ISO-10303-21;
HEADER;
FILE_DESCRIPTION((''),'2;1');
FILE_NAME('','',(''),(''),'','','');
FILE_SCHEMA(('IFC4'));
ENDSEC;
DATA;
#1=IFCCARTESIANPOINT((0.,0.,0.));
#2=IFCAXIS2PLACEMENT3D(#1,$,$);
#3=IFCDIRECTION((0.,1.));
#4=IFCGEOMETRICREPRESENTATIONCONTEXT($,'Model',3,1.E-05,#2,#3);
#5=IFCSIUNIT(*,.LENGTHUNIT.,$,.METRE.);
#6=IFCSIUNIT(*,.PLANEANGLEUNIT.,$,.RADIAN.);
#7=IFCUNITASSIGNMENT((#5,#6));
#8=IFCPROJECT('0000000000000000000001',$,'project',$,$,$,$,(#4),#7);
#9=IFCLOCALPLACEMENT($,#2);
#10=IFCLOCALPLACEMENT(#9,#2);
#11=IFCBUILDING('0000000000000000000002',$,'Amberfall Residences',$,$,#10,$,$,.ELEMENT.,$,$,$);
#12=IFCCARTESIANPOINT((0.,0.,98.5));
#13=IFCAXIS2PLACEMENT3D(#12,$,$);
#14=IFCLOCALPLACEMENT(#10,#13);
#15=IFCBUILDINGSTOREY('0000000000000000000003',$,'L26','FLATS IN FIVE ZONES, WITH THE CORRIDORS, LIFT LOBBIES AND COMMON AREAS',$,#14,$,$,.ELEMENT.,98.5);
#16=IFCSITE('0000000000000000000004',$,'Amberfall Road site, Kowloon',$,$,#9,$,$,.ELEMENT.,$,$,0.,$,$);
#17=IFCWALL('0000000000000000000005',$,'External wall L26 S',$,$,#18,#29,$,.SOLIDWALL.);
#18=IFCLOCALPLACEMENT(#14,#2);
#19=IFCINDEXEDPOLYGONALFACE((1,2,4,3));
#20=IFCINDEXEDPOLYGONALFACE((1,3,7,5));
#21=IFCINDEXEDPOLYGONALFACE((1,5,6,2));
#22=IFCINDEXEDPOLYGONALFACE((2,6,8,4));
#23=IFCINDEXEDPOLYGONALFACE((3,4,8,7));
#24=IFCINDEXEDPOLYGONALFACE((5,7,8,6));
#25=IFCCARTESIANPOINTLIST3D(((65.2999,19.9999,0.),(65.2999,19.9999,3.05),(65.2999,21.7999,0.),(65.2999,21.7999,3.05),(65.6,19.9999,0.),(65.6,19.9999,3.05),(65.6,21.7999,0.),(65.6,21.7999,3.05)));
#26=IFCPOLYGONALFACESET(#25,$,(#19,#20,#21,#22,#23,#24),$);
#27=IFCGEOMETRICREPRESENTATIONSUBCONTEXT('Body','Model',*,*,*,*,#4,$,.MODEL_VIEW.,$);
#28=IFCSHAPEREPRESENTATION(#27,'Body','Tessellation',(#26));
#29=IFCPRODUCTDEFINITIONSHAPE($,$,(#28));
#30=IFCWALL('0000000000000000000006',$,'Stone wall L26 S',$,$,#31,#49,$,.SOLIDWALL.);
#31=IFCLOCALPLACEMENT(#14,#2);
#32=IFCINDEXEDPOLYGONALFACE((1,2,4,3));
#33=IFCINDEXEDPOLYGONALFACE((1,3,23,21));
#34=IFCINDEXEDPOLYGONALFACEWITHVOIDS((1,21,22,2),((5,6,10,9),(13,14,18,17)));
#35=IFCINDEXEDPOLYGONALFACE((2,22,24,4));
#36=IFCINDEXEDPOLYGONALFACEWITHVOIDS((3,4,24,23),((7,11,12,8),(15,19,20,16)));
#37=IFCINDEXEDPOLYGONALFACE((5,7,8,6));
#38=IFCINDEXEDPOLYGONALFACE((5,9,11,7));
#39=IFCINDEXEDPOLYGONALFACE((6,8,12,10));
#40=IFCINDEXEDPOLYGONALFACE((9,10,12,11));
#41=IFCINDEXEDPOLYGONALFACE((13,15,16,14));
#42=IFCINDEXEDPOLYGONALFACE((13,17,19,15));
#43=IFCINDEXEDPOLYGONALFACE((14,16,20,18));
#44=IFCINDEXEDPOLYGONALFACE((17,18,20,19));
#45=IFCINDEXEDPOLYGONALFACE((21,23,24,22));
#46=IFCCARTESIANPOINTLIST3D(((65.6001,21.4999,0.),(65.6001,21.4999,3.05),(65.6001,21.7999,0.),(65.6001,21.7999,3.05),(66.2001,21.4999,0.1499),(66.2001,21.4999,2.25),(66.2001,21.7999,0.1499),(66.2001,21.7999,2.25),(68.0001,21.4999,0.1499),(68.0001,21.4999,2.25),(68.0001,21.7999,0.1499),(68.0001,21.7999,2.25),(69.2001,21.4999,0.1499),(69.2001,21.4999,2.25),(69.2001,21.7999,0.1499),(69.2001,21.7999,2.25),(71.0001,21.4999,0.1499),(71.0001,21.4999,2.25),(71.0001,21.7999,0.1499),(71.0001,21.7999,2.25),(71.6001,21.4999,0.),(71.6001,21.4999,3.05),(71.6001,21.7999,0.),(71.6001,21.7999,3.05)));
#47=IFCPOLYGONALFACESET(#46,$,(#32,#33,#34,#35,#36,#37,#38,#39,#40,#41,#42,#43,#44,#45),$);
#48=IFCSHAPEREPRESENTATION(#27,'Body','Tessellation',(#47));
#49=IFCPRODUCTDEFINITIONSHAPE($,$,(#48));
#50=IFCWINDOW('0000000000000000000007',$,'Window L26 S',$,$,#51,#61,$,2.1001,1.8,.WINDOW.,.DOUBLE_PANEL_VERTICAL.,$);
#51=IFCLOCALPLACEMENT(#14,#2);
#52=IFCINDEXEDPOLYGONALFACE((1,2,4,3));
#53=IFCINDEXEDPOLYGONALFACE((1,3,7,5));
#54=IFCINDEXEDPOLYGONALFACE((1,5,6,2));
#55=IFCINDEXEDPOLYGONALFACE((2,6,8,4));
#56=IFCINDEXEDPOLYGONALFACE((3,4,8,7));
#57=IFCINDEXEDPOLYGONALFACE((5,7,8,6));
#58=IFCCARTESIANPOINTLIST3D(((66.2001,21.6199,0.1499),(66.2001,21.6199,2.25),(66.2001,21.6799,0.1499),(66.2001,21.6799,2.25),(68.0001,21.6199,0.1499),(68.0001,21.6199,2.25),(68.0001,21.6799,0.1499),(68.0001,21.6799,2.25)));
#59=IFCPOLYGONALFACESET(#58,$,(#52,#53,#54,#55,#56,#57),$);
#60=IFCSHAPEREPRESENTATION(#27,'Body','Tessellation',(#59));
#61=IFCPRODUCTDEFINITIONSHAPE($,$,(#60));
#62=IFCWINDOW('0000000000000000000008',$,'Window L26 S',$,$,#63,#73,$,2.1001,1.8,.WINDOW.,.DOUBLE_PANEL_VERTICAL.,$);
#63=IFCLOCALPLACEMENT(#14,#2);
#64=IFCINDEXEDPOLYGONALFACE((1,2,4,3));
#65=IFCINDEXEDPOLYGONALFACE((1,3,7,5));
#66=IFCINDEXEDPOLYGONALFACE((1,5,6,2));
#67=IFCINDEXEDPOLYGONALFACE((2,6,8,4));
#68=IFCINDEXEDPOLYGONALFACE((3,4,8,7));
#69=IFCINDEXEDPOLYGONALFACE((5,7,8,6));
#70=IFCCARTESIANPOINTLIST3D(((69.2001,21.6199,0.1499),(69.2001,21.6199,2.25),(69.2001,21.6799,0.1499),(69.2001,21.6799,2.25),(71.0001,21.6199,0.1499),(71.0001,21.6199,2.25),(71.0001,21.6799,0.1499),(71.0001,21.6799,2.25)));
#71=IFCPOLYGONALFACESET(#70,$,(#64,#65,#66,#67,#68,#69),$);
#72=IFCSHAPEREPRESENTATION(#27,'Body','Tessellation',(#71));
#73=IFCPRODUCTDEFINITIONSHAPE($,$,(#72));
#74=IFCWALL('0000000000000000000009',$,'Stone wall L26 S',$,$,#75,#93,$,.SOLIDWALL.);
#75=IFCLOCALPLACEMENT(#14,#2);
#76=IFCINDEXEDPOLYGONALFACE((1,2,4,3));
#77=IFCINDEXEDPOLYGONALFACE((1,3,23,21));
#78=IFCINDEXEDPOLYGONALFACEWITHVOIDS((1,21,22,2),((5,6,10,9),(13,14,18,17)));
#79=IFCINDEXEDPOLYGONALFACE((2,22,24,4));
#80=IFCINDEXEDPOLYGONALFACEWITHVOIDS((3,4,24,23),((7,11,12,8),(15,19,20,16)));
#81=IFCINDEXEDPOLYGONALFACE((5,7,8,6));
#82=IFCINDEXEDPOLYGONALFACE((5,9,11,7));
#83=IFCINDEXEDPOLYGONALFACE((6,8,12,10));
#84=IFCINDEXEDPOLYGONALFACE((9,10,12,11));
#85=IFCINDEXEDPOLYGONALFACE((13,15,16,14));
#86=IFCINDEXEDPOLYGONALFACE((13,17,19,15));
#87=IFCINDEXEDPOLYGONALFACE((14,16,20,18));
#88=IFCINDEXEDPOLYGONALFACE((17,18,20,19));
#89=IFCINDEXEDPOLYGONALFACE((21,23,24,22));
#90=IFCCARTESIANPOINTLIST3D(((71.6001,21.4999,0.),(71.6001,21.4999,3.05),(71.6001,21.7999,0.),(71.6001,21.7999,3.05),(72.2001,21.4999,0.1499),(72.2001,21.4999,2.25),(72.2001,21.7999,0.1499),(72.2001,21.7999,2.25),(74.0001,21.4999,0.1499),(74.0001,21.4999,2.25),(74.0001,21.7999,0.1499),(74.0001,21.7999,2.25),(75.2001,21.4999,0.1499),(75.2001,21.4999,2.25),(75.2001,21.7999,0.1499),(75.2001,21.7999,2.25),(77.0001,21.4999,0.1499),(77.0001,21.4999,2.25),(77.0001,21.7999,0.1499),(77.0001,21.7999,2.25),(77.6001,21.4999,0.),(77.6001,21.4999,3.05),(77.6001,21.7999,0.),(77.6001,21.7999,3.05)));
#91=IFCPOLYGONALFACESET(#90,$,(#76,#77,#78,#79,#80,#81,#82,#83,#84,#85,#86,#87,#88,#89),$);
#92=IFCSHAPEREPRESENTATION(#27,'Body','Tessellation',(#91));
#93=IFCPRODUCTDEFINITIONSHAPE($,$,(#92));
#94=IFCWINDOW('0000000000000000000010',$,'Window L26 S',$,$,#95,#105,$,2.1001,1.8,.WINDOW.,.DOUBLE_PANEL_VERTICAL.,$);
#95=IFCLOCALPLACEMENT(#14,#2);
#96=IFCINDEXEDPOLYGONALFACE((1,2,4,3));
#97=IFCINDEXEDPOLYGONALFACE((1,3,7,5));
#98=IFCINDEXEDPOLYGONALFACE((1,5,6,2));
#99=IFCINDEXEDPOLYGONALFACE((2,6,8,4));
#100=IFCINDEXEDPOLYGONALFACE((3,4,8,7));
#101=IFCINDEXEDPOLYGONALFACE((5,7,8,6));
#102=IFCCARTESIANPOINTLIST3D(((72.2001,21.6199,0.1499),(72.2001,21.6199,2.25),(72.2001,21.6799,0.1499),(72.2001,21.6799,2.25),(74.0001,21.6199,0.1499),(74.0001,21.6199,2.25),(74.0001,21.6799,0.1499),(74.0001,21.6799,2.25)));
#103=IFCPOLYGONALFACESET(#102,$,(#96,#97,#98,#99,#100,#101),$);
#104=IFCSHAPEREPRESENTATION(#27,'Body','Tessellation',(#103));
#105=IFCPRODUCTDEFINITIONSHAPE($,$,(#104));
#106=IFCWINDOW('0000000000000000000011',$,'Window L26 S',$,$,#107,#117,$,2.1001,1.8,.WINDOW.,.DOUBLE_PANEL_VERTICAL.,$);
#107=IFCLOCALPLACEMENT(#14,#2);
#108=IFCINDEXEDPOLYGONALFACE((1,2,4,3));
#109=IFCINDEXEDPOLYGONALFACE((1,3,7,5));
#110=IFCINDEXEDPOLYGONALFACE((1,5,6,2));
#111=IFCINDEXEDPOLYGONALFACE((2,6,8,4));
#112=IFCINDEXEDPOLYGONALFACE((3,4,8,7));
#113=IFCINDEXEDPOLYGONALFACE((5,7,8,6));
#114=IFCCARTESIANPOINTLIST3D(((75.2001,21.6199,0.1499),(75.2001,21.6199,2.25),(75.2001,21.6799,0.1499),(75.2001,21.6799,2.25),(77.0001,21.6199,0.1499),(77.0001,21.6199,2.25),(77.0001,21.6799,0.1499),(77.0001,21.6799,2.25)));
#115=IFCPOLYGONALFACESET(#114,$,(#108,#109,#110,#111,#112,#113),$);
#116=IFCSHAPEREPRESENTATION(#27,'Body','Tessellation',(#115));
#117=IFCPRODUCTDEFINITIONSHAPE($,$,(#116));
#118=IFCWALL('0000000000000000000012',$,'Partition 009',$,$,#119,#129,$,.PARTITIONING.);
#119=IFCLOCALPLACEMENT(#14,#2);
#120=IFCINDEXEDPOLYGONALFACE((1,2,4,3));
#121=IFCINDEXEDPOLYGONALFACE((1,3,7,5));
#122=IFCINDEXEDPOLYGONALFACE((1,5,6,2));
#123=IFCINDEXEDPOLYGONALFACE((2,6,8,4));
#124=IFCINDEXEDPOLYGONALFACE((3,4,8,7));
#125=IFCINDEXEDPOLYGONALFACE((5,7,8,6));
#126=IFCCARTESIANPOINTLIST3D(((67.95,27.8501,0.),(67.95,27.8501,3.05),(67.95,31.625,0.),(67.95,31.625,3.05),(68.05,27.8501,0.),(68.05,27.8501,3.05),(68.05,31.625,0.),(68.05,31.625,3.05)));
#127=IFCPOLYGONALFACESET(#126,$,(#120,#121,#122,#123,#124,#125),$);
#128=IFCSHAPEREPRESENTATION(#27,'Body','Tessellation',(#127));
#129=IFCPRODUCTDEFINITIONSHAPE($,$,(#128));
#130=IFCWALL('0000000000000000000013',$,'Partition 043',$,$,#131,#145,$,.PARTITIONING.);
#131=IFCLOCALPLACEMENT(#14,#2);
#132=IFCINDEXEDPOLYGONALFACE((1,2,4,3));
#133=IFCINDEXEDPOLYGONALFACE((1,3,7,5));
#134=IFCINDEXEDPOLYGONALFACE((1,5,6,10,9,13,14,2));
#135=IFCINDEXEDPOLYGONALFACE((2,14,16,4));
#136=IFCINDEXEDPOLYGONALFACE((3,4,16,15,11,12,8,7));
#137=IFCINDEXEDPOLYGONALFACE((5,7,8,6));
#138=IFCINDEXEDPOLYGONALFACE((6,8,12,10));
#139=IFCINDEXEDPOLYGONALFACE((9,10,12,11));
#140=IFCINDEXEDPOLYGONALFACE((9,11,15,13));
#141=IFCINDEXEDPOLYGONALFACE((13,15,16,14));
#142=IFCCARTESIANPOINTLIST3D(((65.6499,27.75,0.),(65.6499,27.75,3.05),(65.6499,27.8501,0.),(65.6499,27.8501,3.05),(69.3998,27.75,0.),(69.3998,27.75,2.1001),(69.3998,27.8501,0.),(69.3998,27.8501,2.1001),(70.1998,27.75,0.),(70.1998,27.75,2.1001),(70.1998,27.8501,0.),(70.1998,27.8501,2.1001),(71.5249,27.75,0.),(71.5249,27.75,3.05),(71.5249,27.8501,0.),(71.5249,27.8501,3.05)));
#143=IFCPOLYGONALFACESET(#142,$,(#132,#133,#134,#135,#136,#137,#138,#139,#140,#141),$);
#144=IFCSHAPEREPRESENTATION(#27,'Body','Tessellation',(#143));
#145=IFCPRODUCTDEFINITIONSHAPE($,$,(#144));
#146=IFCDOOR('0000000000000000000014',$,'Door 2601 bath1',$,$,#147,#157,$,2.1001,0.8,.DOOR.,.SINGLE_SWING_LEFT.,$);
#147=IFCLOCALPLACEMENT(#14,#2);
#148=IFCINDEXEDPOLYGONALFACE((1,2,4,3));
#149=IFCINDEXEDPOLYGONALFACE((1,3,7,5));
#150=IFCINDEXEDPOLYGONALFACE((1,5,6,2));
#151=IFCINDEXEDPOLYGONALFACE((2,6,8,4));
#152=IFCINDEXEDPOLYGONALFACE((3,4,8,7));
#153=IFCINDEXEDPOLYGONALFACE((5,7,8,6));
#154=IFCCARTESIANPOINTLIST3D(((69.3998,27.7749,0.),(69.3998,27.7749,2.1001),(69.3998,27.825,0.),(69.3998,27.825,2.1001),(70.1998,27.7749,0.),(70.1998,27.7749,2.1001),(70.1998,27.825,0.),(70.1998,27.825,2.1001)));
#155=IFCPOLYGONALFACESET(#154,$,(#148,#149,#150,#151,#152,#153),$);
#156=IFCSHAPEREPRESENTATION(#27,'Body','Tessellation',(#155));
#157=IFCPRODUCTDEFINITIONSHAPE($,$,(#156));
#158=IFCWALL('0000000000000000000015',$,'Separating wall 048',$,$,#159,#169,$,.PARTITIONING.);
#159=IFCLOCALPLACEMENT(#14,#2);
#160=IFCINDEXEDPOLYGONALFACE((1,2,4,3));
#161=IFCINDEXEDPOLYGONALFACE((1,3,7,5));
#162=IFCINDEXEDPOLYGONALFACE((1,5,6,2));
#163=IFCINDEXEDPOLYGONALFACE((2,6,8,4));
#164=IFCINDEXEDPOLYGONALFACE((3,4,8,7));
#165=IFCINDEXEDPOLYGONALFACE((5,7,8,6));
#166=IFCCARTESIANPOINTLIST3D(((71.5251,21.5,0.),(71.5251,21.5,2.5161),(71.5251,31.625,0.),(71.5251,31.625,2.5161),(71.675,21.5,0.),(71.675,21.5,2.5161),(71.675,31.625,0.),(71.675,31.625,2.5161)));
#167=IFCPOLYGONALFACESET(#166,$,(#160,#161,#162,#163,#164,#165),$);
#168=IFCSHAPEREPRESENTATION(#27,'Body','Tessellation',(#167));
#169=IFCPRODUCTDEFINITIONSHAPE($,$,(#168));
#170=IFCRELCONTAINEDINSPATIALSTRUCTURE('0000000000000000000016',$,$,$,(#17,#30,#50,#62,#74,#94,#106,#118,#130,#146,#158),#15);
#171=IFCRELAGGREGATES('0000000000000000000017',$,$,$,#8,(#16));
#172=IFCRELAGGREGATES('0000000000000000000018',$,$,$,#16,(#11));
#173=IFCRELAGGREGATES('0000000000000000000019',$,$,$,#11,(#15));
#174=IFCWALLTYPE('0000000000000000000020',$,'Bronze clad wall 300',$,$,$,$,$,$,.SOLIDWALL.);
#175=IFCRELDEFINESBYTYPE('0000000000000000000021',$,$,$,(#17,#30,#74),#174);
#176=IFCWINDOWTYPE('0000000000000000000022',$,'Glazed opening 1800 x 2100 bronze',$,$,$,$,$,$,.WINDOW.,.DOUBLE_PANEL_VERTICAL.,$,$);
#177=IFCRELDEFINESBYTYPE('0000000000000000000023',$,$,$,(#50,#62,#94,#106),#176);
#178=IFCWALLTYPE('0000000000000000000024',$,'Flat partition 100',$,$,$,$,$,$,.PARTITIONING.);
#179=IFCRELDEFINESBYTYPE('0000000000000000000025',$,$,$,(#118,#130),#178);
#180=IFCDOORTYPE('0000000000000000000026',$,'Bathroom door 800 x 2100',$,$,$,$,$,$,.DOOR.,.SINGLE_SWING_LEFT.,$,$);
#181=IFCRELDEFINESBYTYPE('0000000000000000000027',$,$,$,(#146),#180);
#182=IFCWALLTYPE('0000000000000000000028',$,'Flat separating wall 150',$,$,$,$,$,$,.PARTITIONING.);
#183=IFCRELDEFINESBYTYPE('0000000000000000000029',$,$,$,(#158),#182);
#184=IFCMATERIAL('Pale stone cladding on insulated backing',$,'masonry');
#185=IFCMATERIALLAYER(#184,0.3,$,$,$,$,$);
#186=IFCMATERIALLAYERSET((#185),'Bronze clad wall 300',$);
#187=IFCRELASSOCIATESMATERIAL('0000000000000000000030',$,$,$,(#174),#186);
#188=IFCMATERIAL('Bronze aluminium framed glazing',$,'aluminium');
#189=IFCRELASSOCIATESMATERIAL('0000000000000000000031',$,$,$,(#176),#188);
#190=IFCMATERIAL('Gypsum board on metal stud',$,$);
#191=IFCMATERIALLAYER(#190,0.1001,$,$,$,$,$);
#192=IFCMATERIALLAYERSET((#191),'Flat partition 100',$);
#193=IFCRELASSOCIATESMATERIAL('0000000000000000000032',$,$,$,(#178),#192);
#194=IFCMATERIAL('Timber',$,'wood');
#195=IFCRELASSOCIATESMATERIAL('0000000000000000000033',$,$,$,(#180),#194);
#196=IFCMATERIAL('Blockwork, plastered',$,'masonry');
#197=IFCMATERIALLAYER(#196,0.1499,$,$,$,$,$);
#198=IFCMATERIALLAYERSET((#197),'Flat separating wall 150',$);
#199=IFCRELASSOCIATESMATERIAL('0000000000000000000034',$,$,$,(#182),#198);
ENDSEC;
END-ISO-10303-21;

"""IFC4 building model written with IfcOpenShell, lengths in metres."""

from ifc_helpers import new_model, si_unit, direction, frame, frame_2d, origin, place, context, subcontext, project, spatial, rectangle, extrude, material, layer, layer_set, type_object, element, fill, save


model = new_model("IFC4")

# Units and contexts
model_context = context("Model", 3, precision=1e-05, world=origin(), true_north=direction((0.0, 1.0)))
body_context = subcontext(model_context, "Body", "Model", "MODEL_VIEW")
ifc_project = project(units=[si_unit("LENGTHUNIT", "METRE"), si_unit("PLANEANGLEUNIT", "RADIAN")], contexts=[model_context])

# Site, building, storey
site_placement = place(None, origin())
site = spatial("IfcSite", under=ifc_project, at=site_placement, Name="Amberfall Road site, Kowloon", CompositionType="ELEMENT", RefElevation=0.0)
building_placement = place(site_placement, origin())
building = spatial("IfcBuilding", under=site, at=building_placement, Name="Amberfall Residences", CompositionType="ELEMENT")
storey_placement = place(building_placement, frame((0.0, 0.0, 98.5)))
storey = spatial("IfcBuildingStorey", under=building, at=storey_placement, Name="L26", Description="FLATS IN FIVE ZONES, WITH THE CORRIDORS, LIFT LOBBIES AND COMMON AREAS", CompositionType="ELEMENT", Elevation=98.5)

# Wall
ifc_material_1 = material(Name="Pale stone cladding on insulated backing", Category="masonry")
ifc_layer_1 = layer(ifc_material_1, 0.3)
ifc_layer_set_1 = layer_set([ifc_layer_1], Name="Bronze clad wall 300")
wall_type_1 = type_object("IfcWallType", Name="Bronze clad wall 300", PredefinedType="SOLIDWALL", material=ifc_layer_set_1)
wall_1_placement = place(storey_placement, frame((65.45, 20.0, 0.0), z_axis=(0.0, 0.0, 1.0), x_axis=(0.0, 1.0, 0.0)))
element("IfcWall", 1, at=wall_1_placement, inside=storey, type_object=wall_type_1, Name="External wall L26 S", PredefinedType="SOLIDWALL", context=body_context, shape_type="SweptSolid", body=[
    extrude(rectangle(XDim=1.8, YDim=0.3, at=frame_2d((0.8999, 0.0))), origin(), (0.0, 0.0, 1.0), 3.05),
])

# Walls, openings, windows
wall_2_placement = place(storey_placement, frame((65.6001, 21.6499, 0.0), z_axis=(0.0, 0.0, 1.0), x_axis=(1.0, 0.0, 0.0)))
wall_2 = element("IfcWall", 2, at=wall_2_placement, inside=storey, type_object=wall_type_1, Name="Stone wall L26 S", PredefinedType="SOLIDWALL", context=body_context, shape_type="SweptSolid", body=[
    extrude(rectangle(XDim=6.0, YDim=0.3, at=frame_2d((3.0, 0.0))), origin(), (0.0, 0.0, 1.0), 3.05),
])
opening_1_placement = place(wall_2_placement, frame((0.6001, 0.0, 0.1499)))
opening_1 = element("IfcOpeningElement", 3, at=opening_1_placement, cuts=wall_2, PredefinedType="OPENING", context=body_context, shape_type="SweptSolid", body=[
    extrude(rectangle(XDim=1.8, YDim=2.1001, at=frame_2d((0.8999, 1.05))), frame((0.0, 0.1599, 0.0), z_axis=(0.0, -1.0, 0.0), x_axis=(1.0, 0.0, 0.0)), (0.0, 0.0, 1.0), 0.3201),
])
opening_2_placement = place(wall_2_placement, frame((3.6001, 0.0, 0.1499)))
opening_2 = element("IfcOpeningElement", 4, at=opening_2_placement, cuts=wall_2, PredefinedType="OPENING", context=body_context, shape_type="SweptSolid", body=[
    extrude(rectangle(XDim=1.8, YDim=2.1001, at=frame_2d((0.8999, 1.05))), frame((0.0, 0.1599, 0.0), z_axis=(0.0, -1.0, 0.0), x_axis=(1.0, 0.0, 0.0)), (0.0, 0.0, 1.0), 0.3201),
])
ifc_material_2 = material(Name="Bronze aluminium framed glazing", Category="aluminium")
window_type = type_object("IfcWindowType", Name="Glazed opening 1800 x 2100 bronze", PartitioningType="DOUBLE_PANEL_VERTICAL", PredefinedType="WINDOW", material=ifc_material_2)
window_1_placement = place(opening_1_placement, origin())
window_1 = element("IfcWindow", 5, at=window_1_placement, inside=storey, type_object=window_type, Name="Window L26 S", OverallHeight=2.1001, OverallWidth=1.8, PartitioningType="DOUBLE_PANEL_VERTICAL", PredefinedType="WINDOW", context=body_context, shape_type="SweptSolid", body=[
    extrude(rectangle(XDim=1.8, YDim=2.1001, at=frame_2d((0.8999, 1.05))), frame((0.0, 0.03, 0.0), z_axis=(0.0, -1.0, 0.0), x_axis=(1.0, 0.0, 0.0)), (0.0, 0.0, 1.0), 0.0601),
])
fill(opening_1, window_1)
window_2_placement = place(opening_2_placement, origin())
window_2 = element("IfcWindow", 6, at=window_2_placement, inside=storey, type_object=window_type, Name="Window L26 S", OverallHeight=2.1001, OverallWidth=1.8, PartitioningType="DOUBLE_PANEL_VERTICAL", PredefinedType="WINDOW", context=body_context, shape_type="SweptSolid", body=[
    extrude(rectangle(XDim=1.8, YDim=2.1001, at=frame_2d((0.8999, 1.05))), frame((0.0, 0.03, 0.0), z_axis=(0.0, -1.0, 0.0), x_axis=(1.0, 0.0, 0.0)), (0.0, 0.0, 1.0), 0.0601),
])
fill(opening_2, window_2)
wall_3_placement = place(storey_placement, frame((71.6001, 21.6499, 0.0), z_axis=(0.0, 0.0, 1.0), x_axis=(1.0, 0.0, 0.0)))
wall_3 = element("IfcWall", 7, at=wall_3_placement, inside=storey, type_object=wall_type_1, Name="Stone wall L26 S", PredefinedType="SOLIDWALL", context=body_context, shape_type="SweptSolid", body=[
    extrude(rectangle(XDim=6.0, YDim=0.3, at=frame_2d((3.0, 0.0))), origin(), (0.0, 0.0, 1.0), 3.05),
])
opening_3_placement = place(wall_3_placement, frame((0.6001, 0.0, 0.1499)))
opening_3 = element("IfcOpeningElement", 8, at=opening_3_placement, cuts=wall_3, PredefinedType="OPENING", context=body_context, shape_type="SweptSolid", body=[
    extrude(rectangle(XDim=1.8, YDim=2.1001, at=frame_2d((0.8999, 1.05))), frame((0.0, 0.1599, 0.0), z_axis=(0.0, -1.0, 0.0), x_axis=(1.0, 0.0, 0.0)), (0.0, 0.0, 1.0), 0.3201),
])
opening_4_placement = place(wall_3_placement, frame((3.6001, 0.0, 0.1499)))
opening_4 = element("IfcOpeningElement", 9, at=opening_4_placement, cuts=wall_3, PredefinedType="OPENING", context=body_context, shape_type="SweptSolid", body=[
    extrude(rectangle(XDim=1.8, YDim=2.1001, at=frame_2d((0.8999, 1.05))), frame((0.0, 0.1599, 0.0), z_axis=(0.0, -1.0, 0.0), x_axis=(1.0, 0.0, 0.0)), (0.0, 0.0, 1.0), 0.3201),
])
window_3_placement = place(opening_3_placement, origin())
window_3 = element("IfcWindow", 10, at=window_3_placement, inside=storey, type_object=window_type, Name="Window L26 S", OverallHeight=2.1001, OverallWidth=1.8, PartitioningType="DOUBLE_PANEL_VERTICAL", PredefinedType="WINDOW", context=body_context, shape_type="SweptSolid", body=[
    extrude(rectangle(XDim=1.8, YDim=2.1001, at=frame_2d((0.8999, 1.05))), frame((0.0, 0.03, 0.0), z_axis=(0.0, -1.0, 0.0), x_axis=(1.0, 0.0, 0.0)), (0.0, 0.0, 1.0), 0.0601),
])
fill(opening_3, window_3)
window_4_placement = place(opening_4_placement, origin())
window_4 = element("IfcWindow", 11, at=window_4_placement, inside=storey, type_object=window_type, Name="Window L26 S", OverallHeight=2.1001, OverallWidth=1.8, PartitioningType="DOUBLE_PANEL_VERTICAL", PredefinedType="WINDOW", context=body_context, shape_type="SweptSolid", body=[
    extrude(rectangle(XDim=1.8, YDim=2.1001, at=frame_2d((0.8999, 1.05))), frame((0.0, 0.03, 0.0), z_axis=(0.0, -1.0, 0.0), x_axis=(1.0, 0.0, 0.0)), (0.0, 0.0, 1.0), 0.0601),
])
fill(opening_4, window_4)

# Wall
ifc_material_3 = material(Name="Gypsum board on metal stud")
ifc_layer_2 = layer(ifc_material_3, 0.1001)
ifc_layer_set_2 = layer_set([ifc_layer_2], Name="Flat partition 100")
wall_type_2 = type_object("IfcWallType", Name="Flat partition 100", PredefinedType="PARTITIONING", material=ifc_layer_set_2)
wall_4_placement = place(storey_placement, frame((68.0, 27.8501, 0.0), z_axis=(0.0, 0.0, 1.0), x_axis=(0.0, 1.0, 0.0)))
element("IfcWall", 12, at=wall_4_placement, inside=storey, type_object=wall_type_2, Name="Partition 009", PredefinedType="PARTITIONING", context=body_context, shape_type="SweptSolid", body=[
    extrude(rectangle(XDim=3.7749, YDim=0.1001, at=frame_2d((1.8875, 0.0))), origin(), (0.0, 0.0, 1.0), 3.05),
])

# Wall, opening, door
wall_5_placement = place(storey_placement, frame((65.6499, 27.8, 0.0), z_axis=(0.0, 0.0, 1.0), x_axis=(1.0, 0.0, 0.0)))
wall_5 = element("IfcWall", 13, at=wall_5_placement, inside=storey, type_object=wall_type_2, Name="Partition 043", PredefinedType="PARTITIONING", context=body_context, shape_type="SweptSolid", body=[
    extrude(rectangle(XDim=5.875, YDim=0.1001, at=frame_2d((2.9375, 0.0))), origin(), (0.0, 0.0, 1.0), 3.05),
])
opening_5_placement = place(wall_5_placement, frame((3.75, 0.0, 0.0)))
opening_5 = element("IfcOpeningElement", 14, at=opening_5_placement, cuts=wall_5, PredefinedType="OPENING", context=body_context, shape_type="SweptSolid", body=[
    extrude(rectangle(XDim=0.8, YDim=2.1001, at=frame_2d((0.3999, 1.05))), frame((0.0, 0.0601, 0.0), z_axis=(0.0, -1.0, 0.0), x_axis=(1.0, 0.0, 0.0)), (0.0, 0.0, 1.0), 0.1201),
])
ifc_material_4 = material(Name="Timber", Category="wood")
door_type = type_object("IfcDoorType", Name="Bathroom door 800 x 2100", OperationType="SINGLE_SWING_LEFT", PredefinedType="DOOR", material=ifc_material_4)
door_placement = place(opening_5_placement, origin())
door = element("IfcDoor", 15, at=door_placement, inside=storey, type_object=door_type, Name="Door 2601 bath1", OperationType="SINGLE_SWING_LEFT", OverallHeight=2.1001, OverallWidth=0.8, PredefinedType="DOOR", context=body_context, shape_type="SweptSolid", body=[
    extrude(rectangle(XDim=0.8, YDim=2.1001, at=frame_2d((0.3999, 1.05))), frame((0.0, 0.0249, 0.0), z_axis=(0.0, -1.0, 0.0), x_axis=(1.0, 0.0, 0.0)), (0.0, 0.0, 1.0), 0.05),
])
fill(opening_5, door)

# Wall
ifc_material_5 = material(Name="Blockwork, plastered", Category="masonry")
ifc_layer_3 = layer(ifc_material_5, 0.1499)
ifc_layer_set_3 = layer_set([ifc_layer_3], Name="Flat separating wall 150")
wall_type_3 = type_object("IfcWallType", Name="Flat separating wall 150", PredefinedType="PARTITIONING", material=ifc_layer_set_3)
wall_6_placement = place(storey_placement, frame((71.6001, 21.5, 0.0), z_axis=(0.0, 0.0, 1.0), x_axis=(0.0, 1.0, 0.0)))
element("IfcWall", 16, at=wall_6_placement, inside=storey, type_object=wall_type_3, Name="Separating wall 048", PredefinedType="PARTITIONING", context=body_context, shape_type="SweptSolid", body=[
    extrude(rectangle(XDim=10.125, YDim=0.1499, at=frame_2d((5.0625, 0.0))), origin(), (0.0, 0.0, 1.0), 2.5161),
])

save(model, "model.ifc")
